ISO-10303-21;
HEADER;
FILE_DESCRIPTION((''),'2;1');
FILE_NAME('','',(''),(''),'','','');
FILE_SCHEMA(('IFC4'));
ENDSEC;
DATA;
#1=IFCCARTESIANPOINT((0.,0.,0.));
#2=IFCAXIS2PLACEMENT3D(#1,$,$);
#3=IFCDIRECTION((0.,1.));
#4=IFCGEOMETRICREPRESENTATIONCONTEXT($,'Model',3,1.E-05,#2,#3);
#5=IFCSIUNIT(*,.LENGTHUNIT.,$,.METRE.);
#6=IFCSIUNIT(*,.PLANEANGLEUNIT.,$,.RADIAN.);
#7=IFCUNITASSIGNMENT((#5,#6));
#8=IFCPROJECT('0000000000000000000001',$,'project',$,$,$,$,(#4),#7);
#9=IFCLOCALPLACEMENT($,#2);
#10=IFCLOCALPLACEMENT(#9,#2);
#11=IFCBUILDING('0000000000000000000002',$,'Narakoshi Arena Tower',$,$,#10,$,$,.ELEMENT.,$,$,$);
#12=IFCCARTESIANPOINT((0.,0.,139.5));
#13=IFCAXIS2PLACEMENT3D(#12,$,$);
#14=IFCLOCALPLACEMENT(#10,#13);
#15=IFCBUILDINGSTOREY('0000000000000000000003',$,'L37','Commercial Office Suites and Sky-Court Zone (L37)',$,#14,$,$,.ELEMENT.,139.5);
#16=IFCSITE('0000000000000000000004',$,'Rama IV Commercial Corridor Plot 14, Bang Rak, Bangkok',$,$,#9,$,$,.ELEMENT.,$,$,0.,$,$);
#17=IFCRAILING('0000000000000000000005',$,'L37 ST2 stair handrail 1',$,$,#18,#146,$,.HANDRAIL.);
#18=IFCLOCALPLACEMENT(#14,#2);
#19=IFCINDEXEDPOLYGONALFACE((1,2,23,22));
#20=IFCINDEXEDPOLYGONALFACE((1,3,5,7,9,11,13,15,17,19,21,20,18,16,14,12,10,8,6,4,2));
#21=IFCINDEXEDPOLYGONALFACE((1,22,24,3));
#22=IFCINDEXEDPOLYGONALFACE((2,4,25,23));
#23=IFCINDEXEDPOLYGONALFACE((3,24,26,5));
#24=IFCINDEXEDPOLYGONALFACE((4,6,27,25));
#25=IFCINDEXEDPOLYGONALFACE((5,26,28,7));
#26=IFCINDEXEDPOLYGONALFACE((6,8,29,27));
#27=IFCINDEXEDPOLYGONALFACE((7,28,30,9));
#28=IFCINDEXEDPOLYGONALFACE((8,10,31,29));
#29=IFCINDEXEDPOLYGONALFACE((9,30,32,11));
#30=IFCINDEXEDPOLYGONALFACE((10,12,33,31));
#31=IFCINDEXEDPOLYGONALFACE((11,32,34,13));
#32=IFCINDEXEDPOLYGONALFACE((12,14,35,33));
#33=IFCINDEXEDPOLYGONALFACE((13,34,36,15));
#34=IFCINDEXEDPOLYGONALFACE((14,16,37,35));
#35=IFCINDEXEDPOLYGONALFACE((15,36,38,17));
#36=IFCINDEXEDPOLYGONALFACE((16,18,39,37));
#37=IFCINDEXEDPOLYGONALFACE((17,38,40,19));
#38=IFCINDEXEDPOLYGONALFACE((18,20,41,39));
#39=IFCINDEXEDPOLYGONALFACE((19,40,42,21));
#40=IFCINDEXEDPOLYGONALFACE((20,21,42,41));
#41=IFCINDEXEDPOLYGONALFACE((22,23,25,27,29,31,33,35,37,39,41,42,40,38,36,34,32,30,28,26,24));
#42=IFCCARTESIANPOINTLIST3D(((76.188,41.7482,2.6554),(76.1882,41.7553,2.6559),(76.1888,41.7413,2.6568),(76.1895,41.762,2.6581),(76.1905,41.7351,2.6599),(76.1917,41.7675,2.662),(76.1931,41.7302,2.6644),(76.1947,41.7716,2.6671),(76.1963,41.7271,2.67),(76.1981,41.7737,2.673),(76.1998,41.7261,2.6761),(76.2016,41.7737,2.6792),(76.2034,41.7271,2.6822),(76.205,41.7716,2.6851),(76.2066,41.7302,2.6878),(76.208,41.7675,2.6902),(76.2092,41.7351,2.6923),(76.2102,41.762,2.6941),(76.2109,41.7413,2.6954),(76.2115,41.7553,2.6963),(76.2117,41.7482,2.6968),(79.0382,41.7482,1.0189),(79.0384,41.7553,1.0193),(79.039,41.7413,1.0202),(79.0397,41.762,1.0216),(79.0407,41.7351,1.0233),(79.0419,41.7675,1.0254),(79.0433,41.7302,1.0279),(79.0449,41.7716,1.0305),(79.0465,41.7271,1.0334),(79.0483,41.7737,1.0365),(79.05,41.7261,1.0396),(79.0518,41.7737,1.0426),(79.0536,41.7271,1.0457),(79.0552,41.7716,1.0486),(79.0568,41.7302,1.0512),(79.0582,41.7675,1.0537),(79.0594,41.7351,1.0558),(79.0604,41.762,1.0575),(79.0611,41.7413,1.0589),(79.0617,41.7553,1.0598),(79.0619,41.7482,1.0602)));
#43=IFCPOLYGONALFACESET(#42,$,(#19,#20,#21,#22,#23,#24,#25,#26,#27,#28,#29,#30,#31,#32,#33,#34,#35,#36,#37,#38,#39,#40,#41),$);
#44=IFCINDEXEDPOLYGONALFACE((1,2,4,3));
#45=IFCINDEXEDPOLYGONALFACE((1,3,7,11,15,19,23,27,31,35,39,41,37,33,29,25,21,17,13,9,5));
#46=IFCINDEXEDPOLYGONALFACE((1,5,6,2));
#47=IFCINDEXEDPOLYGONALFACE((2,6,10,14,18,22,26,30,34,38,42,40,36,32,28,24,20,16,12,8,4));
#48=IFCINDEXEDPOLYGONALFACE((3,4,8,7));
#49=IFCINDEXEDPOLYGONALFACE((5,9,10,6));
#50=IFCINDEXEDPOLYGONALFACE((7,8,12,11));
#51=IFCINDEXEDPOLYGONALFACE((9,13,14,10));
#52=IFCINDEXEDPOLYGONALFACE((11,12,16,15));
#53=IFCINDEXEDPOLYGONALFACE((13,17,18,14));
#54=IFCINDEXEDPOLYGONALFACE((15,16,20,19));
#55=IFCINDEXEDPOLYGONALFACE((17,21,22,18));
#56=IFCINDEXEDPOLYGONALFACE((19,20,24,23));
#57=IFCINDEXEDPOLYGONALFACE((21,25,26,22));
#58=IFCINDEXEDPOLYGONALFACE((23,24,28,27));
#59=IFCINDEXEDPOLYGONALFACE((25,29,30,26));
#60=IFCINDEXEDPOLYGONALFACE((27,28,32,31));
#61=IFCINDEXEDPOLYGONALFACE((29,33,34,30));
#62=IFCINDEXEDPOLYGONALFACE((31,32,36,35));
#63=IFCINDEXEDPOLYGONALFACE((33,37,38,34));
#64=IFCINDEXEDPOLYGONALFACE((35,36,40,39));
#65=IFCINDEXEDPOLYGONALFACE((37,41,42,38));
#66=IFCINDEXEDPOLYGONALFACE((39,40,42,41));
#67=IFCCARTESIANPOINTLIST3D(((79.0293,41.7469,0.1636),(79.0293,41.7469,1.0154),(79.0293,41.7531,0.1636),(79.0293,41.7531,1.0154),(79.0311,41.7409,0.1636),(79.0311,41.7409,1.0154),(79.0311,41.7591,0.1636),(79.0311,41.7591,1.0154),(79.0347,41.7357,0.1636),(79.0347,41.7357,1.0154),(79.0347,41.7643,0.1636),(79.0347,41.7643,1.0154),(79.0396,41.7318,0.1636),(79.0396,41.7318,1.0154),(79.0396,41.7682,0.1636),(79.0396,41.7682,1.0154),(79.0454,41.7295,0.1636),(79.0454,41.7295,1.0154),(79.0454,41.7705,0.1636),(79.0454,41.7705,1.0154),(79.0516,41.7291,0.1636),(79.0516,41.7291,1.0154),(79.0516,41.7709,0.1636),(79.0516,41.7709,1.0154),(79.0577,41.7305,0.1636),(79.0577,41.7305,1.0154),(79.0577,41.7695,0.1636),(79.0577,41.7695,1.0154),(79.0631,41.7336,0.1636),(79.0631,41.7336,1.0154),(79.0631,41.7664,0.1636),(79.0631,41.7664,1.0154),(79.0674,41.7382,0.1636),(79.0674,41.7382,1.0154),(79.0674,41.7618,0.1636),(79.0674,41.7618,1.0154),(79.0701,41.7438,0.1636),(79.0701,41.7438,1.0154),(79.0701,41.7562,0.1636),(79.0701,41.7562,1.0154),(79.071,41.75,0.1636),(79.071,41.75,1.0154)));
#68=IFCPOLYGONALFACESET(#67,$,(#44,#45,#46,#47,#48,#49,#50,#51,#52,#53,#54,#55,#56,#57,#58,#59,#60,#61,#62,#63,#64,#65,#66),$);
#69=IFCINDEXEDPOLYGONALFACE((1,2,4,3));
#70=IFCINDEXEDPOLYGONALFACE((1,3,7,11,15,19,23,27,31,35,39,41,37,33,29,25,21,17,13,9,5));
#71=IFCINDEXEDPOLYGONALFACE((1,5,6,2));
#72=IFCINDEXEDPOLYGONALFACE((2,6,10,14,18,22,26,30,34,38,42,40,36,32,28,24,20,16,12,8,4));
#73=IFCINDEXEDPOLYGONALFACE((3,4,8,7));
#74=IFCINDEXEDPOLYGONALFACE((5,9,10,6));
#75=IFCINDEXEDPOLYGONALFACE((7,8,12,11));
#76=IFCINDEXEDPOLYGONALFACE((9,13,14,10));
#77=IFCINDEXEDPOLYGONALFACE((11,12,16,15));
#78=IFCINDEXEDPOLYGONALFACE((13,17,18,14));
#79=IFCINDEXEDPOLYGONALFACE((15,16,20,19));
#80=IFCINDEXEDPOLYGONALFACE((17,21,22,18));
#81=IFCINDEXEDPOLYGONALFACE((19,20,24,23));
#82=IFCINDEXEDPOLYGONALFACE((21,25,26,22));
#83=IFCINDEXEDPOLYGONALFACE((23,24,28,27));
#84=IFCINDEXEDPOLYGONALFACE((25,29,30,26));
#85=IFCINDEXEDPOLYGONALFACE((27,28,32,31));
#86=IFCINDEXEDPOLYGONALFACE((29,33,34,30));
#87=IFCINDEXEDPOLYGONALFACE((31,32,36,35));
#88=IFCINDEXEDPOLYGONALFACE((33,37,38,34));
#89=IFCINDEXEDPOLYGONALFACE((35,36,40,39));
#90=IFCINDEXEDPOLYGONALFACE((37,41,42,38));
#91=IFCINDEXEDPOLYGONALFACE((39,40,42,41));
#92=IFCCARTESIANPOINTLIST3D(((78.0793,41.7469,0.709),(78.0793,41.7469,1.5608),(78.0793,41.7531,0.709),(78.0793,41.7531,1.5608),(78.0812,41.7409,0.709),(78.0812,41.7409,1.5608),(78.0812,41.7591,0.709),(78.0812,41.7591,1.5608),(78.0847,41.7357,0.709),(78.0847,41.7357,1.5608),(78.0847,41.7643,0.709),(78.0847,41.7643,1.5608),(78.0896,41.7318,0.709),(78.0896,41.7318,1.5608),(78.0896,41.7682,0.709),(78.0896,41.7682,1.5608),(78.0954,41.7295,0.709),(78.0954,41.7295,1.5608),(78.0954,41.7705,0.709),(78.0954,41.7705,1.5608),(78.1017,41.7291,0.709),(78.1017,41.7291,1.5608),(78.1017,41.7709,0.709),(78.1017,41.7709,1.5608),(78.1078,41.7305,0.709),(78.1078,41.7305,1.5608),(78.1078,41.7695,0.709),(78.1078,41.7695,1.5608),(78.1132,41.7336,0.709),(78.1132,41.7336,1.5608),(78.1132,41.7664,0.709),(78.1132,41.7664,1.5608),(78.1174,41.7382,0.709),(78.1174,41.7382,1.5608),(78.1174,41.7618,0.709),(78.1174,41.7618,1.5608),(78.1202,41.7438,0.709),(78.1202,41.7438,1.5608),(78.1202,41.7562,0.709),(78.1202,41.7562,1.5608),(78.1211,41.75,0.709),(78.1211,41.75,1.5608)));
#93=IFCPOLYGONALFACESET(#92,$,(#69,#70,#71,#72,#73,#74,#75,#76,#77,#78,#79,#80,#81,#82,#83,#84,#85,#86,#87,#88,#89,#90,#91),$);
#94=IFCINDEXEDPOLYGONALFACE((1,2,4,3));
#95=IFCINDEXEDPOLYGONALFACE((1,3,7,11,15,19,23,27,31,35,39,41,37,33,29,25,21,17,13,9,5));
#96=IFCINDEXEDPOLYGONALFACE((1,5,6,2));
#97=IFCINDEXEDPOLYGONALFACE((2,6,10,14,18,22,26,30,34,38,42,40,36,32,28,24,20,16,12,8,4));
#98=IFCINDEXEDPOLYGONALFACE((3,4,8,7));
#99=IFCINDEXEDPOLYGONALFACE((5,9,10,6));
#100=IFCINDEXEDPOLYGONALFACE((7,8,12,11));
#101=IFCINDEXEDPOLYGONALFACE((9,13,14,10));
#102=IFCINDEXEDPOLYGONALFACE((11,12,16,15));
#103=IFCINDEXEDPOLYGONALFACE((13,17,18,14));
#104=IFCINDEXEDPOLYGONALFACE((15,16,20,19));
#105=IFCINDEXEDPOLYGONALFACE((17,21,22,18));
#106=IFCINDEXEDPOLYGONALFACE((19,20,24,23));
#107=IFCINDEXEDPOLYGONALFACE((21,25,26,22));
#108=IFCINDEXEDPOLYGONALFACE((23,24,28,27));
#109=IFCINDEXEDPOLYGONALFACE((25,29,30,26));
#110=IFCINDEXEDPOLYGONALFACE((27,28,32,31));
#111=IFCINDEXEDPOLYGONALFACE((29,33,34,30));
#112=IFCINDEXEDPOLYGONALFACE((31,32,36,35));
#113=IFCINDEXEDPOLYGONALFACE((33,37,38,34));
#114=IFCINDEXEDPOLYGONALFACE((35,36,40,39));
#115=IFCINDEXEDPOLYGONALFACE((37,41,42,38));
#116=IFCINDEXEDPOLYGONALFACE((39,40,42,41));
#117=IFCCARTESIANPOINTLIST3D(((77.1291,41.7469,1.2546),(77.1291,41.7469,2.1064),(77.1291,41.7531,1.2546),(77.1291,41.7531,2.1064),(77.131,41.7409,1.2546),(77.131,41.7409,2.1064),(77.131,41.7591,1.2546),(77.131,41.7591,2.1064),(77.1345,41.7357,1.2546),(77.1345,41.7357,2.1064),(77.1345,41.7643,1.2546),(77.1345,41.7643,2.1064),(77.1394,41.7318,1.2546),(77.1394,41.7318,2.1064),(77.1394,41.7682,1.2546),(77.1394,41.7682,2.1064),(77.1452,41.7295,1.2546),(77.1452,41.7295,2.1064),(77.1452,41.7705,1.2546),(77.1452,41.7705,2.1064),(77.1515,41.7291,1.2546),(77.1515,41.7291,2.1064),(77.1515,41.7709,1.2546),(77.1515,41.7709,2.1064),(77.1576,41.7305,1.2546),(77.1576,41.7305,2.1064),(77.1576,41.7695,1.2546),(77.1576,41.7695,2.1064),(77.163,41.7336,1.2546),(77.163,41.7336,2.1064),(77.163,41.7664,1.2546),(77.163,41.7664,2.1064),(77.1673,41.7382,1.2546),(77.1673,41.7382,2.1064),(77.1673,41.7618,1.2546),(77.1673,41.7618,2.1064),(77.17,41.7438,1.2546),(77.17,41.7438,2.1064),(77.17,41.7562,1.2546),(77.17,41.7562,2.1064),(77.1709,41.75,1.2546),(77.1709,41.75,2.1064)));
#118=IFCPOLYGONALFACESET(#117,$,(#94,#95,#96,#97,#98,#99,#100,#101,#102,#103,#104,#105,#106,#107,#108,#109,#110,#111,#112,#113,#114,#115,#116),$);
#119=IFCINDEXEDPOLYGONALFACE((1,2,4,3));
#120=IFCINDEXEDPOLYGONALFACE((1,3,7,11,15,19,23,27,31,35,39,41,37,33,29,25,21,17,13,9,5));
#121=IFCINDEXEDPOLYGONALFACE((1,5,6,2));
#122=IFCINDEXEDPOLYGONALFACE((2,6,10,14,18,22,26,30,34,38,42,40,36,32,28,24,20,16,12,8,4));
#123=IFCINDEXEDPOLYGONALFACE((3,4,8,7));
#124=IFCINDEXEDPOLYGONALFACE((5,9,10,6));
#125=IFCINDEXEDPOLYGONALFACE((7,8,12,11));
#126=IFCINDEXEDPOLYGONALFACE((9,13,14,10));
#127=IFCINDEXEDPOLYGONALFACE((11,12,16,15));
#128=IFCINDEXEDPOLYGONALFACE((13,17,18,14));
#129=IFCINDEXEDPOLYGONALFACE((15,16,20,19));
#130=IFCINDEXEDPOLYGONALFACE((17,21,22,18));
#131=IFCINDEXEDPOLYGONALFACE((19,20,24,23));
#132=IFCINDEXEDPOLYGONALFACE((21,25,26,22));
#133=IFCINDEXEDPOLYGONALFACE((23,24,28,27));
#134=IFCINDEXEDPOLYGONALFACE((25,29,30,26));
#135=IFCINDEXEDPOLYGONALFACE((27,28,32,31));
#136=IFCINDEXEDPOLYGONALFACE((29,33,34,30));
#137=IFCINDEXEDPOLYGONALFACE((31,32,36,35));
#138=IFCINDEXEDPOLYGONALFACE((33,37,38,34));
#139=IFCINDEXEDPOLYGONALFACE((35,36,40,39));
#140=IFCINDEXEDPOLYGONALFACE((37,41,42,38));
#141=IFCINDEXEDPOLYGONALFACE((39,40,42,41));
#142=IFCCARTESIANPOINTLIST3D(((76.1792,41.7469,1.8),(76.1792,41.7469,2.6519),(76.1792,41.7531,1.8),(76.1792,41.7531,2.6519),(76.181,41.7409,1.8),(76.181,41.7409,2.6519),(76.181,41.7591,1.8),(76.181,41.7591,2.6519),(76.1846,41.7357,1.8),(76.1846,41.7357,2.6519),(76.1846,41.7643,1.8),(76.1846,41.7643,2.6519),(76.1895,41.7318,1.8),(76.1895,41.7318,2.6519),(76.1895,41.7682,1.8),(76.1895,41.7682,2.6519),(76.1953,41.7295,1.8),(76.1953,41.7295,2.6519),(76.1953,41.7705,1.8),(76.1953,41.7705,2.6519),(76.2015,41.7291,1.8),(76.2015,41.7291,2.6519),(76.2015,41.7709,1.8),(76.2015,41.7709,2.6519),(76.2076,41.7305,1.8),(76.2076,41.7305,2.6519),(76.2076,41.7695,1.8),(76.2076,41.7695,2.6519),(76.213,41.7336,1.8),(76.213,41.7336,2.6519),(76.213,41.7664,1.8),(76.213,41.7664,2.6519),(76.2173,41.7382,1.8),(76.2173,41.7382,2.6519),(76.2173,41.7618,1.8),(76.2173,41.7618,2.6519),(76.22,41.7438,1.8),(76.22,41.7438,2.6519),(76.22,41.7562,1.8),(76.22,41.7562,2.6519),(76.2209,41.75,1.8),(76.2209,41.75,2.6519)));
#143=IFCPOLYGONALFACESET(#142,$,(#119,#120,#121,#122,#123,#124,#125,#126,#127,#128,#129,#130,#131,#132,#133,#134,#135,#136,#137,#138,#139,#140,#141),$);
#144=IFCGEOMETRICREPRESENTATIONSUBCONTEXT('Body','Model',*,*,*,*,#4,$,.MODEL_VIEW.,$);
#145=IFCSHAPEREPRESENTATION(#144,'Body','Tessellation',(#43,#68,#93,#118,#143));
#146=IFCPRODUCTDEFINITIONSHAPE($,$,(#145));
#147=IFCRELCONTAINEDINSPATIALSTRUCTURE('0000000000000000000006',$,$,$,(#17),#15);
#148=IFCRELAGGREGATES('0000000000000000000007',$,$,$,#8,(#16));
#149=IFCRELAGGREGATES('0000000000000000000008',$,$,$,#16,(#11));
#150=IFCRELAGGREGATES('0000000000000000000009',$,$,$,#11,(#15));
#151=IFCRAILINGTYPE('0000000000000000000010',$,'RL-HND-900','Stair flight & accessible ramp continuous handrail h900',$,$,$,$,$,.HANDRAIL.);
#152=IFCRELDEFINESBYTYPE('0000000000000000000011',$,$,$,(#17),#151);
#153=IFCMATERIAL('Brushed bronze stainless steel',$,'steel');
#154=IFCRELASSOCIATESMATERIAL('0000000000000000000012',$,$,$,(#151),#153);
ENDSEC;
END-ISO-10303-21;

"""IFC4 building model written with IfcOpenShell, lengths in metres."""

from ifc_helpers import new_model, si_unit, direction, frame, origin, origin_2d, place, context, subcontext, project, spatial, circle, extrude, material, type_object, element, save


model = new_model("IFC4")

# Units and contexts
model_context = context("Model", 3, precision=1e-05, world=origin(), true_north=direction((0.0, 1.0)))
body_context = subcontext(model_context, "Body", "Model", "MODEL_VIEW")
ifc_project = project(units=[si_unit("LENGTHUNIT", "METRE"), si_unit("PLANEANGLEUNIT", "RADIAN")], contexts=[model_context])

# Site, building, storey
site_placement = place(None, origin())
site = spatial("IfcSite", under=ifc_project, at=site_placement, Name="Rama IV Commercial Corridor Plot 14, Bang Rak, Bangkok", CompositionType="ELEMENT", RefElevation=0.0)
building_placement = place(site_placement, origin())
building = spatial("IfcBuilding", under=site, at=building_placement, Name="Narakoshi Arena Tower", CompositionType="ELEMENT")
storey_placement = place(building_placement, frame((0.0, 0.0, 139.5)))
storey = spatial("IfcBuildingStorey", under=building, at=storey_placement, Name="L37", Description="Commercial Office Suites and Sky-Court Zone (L37)", CompositionType="ELEMENT", Elevation=139.5)

# Railing
ifc_material_1 = material(Name="Brushed bronze stainless steel", Category="steel")
railing_type_1 = type_object("IfcRailingType", Name="RL-HND-900", Description="Stair flight & accessible ramp continuous handrail h900", PredefinedType="HANDRAIL", material=ifc_material_1)
railing_1_placement = place(storey_placement, frame((79.05, 41.75, 0.1636)))
element("IfcRailing", 1, at=railing_1_placement, inside=storey, type_object=railing_type_1, Name="L37 ST2 stair handrail 1", PredefinedType="HANDRAIL", context=body_context, shape_type="SweptSolid", body=[
    extrude(circle(Radius=0.0239, at=origin_2d()), frame((0.0, 0.0, 0.876), z_axis=(-0.867213, 0.0, 0.497938), x_axis=(0.0, -1.0, 0.0)), (0.0, 0.0, 1.0), 3.2866),
    extrude(circle(Radius=0.021, at=origin_2d()), origin(), (0.0, 0.0, 1.0), 0.8518),
    extrude(circle(Radius=0.021, at=origin_2d()), frame((-0.95, 0.0, 0.5454)), (0.0, 0.0, 1.0), 0.8518),
    extrude(circle(Radius=0.021, at=origin_2d()), frame((-1.9001, 0.0, 1.0911)), (0.0, 0.0, 1.0), 0.8518),
    extrude(circle(Radius=0.021, at=origin_2d()), frame((-2.8501, 0.0, 1.6365)), (0.0, 0.0, 1.0), 0.8518),
])

save(model, "model.ifc")
